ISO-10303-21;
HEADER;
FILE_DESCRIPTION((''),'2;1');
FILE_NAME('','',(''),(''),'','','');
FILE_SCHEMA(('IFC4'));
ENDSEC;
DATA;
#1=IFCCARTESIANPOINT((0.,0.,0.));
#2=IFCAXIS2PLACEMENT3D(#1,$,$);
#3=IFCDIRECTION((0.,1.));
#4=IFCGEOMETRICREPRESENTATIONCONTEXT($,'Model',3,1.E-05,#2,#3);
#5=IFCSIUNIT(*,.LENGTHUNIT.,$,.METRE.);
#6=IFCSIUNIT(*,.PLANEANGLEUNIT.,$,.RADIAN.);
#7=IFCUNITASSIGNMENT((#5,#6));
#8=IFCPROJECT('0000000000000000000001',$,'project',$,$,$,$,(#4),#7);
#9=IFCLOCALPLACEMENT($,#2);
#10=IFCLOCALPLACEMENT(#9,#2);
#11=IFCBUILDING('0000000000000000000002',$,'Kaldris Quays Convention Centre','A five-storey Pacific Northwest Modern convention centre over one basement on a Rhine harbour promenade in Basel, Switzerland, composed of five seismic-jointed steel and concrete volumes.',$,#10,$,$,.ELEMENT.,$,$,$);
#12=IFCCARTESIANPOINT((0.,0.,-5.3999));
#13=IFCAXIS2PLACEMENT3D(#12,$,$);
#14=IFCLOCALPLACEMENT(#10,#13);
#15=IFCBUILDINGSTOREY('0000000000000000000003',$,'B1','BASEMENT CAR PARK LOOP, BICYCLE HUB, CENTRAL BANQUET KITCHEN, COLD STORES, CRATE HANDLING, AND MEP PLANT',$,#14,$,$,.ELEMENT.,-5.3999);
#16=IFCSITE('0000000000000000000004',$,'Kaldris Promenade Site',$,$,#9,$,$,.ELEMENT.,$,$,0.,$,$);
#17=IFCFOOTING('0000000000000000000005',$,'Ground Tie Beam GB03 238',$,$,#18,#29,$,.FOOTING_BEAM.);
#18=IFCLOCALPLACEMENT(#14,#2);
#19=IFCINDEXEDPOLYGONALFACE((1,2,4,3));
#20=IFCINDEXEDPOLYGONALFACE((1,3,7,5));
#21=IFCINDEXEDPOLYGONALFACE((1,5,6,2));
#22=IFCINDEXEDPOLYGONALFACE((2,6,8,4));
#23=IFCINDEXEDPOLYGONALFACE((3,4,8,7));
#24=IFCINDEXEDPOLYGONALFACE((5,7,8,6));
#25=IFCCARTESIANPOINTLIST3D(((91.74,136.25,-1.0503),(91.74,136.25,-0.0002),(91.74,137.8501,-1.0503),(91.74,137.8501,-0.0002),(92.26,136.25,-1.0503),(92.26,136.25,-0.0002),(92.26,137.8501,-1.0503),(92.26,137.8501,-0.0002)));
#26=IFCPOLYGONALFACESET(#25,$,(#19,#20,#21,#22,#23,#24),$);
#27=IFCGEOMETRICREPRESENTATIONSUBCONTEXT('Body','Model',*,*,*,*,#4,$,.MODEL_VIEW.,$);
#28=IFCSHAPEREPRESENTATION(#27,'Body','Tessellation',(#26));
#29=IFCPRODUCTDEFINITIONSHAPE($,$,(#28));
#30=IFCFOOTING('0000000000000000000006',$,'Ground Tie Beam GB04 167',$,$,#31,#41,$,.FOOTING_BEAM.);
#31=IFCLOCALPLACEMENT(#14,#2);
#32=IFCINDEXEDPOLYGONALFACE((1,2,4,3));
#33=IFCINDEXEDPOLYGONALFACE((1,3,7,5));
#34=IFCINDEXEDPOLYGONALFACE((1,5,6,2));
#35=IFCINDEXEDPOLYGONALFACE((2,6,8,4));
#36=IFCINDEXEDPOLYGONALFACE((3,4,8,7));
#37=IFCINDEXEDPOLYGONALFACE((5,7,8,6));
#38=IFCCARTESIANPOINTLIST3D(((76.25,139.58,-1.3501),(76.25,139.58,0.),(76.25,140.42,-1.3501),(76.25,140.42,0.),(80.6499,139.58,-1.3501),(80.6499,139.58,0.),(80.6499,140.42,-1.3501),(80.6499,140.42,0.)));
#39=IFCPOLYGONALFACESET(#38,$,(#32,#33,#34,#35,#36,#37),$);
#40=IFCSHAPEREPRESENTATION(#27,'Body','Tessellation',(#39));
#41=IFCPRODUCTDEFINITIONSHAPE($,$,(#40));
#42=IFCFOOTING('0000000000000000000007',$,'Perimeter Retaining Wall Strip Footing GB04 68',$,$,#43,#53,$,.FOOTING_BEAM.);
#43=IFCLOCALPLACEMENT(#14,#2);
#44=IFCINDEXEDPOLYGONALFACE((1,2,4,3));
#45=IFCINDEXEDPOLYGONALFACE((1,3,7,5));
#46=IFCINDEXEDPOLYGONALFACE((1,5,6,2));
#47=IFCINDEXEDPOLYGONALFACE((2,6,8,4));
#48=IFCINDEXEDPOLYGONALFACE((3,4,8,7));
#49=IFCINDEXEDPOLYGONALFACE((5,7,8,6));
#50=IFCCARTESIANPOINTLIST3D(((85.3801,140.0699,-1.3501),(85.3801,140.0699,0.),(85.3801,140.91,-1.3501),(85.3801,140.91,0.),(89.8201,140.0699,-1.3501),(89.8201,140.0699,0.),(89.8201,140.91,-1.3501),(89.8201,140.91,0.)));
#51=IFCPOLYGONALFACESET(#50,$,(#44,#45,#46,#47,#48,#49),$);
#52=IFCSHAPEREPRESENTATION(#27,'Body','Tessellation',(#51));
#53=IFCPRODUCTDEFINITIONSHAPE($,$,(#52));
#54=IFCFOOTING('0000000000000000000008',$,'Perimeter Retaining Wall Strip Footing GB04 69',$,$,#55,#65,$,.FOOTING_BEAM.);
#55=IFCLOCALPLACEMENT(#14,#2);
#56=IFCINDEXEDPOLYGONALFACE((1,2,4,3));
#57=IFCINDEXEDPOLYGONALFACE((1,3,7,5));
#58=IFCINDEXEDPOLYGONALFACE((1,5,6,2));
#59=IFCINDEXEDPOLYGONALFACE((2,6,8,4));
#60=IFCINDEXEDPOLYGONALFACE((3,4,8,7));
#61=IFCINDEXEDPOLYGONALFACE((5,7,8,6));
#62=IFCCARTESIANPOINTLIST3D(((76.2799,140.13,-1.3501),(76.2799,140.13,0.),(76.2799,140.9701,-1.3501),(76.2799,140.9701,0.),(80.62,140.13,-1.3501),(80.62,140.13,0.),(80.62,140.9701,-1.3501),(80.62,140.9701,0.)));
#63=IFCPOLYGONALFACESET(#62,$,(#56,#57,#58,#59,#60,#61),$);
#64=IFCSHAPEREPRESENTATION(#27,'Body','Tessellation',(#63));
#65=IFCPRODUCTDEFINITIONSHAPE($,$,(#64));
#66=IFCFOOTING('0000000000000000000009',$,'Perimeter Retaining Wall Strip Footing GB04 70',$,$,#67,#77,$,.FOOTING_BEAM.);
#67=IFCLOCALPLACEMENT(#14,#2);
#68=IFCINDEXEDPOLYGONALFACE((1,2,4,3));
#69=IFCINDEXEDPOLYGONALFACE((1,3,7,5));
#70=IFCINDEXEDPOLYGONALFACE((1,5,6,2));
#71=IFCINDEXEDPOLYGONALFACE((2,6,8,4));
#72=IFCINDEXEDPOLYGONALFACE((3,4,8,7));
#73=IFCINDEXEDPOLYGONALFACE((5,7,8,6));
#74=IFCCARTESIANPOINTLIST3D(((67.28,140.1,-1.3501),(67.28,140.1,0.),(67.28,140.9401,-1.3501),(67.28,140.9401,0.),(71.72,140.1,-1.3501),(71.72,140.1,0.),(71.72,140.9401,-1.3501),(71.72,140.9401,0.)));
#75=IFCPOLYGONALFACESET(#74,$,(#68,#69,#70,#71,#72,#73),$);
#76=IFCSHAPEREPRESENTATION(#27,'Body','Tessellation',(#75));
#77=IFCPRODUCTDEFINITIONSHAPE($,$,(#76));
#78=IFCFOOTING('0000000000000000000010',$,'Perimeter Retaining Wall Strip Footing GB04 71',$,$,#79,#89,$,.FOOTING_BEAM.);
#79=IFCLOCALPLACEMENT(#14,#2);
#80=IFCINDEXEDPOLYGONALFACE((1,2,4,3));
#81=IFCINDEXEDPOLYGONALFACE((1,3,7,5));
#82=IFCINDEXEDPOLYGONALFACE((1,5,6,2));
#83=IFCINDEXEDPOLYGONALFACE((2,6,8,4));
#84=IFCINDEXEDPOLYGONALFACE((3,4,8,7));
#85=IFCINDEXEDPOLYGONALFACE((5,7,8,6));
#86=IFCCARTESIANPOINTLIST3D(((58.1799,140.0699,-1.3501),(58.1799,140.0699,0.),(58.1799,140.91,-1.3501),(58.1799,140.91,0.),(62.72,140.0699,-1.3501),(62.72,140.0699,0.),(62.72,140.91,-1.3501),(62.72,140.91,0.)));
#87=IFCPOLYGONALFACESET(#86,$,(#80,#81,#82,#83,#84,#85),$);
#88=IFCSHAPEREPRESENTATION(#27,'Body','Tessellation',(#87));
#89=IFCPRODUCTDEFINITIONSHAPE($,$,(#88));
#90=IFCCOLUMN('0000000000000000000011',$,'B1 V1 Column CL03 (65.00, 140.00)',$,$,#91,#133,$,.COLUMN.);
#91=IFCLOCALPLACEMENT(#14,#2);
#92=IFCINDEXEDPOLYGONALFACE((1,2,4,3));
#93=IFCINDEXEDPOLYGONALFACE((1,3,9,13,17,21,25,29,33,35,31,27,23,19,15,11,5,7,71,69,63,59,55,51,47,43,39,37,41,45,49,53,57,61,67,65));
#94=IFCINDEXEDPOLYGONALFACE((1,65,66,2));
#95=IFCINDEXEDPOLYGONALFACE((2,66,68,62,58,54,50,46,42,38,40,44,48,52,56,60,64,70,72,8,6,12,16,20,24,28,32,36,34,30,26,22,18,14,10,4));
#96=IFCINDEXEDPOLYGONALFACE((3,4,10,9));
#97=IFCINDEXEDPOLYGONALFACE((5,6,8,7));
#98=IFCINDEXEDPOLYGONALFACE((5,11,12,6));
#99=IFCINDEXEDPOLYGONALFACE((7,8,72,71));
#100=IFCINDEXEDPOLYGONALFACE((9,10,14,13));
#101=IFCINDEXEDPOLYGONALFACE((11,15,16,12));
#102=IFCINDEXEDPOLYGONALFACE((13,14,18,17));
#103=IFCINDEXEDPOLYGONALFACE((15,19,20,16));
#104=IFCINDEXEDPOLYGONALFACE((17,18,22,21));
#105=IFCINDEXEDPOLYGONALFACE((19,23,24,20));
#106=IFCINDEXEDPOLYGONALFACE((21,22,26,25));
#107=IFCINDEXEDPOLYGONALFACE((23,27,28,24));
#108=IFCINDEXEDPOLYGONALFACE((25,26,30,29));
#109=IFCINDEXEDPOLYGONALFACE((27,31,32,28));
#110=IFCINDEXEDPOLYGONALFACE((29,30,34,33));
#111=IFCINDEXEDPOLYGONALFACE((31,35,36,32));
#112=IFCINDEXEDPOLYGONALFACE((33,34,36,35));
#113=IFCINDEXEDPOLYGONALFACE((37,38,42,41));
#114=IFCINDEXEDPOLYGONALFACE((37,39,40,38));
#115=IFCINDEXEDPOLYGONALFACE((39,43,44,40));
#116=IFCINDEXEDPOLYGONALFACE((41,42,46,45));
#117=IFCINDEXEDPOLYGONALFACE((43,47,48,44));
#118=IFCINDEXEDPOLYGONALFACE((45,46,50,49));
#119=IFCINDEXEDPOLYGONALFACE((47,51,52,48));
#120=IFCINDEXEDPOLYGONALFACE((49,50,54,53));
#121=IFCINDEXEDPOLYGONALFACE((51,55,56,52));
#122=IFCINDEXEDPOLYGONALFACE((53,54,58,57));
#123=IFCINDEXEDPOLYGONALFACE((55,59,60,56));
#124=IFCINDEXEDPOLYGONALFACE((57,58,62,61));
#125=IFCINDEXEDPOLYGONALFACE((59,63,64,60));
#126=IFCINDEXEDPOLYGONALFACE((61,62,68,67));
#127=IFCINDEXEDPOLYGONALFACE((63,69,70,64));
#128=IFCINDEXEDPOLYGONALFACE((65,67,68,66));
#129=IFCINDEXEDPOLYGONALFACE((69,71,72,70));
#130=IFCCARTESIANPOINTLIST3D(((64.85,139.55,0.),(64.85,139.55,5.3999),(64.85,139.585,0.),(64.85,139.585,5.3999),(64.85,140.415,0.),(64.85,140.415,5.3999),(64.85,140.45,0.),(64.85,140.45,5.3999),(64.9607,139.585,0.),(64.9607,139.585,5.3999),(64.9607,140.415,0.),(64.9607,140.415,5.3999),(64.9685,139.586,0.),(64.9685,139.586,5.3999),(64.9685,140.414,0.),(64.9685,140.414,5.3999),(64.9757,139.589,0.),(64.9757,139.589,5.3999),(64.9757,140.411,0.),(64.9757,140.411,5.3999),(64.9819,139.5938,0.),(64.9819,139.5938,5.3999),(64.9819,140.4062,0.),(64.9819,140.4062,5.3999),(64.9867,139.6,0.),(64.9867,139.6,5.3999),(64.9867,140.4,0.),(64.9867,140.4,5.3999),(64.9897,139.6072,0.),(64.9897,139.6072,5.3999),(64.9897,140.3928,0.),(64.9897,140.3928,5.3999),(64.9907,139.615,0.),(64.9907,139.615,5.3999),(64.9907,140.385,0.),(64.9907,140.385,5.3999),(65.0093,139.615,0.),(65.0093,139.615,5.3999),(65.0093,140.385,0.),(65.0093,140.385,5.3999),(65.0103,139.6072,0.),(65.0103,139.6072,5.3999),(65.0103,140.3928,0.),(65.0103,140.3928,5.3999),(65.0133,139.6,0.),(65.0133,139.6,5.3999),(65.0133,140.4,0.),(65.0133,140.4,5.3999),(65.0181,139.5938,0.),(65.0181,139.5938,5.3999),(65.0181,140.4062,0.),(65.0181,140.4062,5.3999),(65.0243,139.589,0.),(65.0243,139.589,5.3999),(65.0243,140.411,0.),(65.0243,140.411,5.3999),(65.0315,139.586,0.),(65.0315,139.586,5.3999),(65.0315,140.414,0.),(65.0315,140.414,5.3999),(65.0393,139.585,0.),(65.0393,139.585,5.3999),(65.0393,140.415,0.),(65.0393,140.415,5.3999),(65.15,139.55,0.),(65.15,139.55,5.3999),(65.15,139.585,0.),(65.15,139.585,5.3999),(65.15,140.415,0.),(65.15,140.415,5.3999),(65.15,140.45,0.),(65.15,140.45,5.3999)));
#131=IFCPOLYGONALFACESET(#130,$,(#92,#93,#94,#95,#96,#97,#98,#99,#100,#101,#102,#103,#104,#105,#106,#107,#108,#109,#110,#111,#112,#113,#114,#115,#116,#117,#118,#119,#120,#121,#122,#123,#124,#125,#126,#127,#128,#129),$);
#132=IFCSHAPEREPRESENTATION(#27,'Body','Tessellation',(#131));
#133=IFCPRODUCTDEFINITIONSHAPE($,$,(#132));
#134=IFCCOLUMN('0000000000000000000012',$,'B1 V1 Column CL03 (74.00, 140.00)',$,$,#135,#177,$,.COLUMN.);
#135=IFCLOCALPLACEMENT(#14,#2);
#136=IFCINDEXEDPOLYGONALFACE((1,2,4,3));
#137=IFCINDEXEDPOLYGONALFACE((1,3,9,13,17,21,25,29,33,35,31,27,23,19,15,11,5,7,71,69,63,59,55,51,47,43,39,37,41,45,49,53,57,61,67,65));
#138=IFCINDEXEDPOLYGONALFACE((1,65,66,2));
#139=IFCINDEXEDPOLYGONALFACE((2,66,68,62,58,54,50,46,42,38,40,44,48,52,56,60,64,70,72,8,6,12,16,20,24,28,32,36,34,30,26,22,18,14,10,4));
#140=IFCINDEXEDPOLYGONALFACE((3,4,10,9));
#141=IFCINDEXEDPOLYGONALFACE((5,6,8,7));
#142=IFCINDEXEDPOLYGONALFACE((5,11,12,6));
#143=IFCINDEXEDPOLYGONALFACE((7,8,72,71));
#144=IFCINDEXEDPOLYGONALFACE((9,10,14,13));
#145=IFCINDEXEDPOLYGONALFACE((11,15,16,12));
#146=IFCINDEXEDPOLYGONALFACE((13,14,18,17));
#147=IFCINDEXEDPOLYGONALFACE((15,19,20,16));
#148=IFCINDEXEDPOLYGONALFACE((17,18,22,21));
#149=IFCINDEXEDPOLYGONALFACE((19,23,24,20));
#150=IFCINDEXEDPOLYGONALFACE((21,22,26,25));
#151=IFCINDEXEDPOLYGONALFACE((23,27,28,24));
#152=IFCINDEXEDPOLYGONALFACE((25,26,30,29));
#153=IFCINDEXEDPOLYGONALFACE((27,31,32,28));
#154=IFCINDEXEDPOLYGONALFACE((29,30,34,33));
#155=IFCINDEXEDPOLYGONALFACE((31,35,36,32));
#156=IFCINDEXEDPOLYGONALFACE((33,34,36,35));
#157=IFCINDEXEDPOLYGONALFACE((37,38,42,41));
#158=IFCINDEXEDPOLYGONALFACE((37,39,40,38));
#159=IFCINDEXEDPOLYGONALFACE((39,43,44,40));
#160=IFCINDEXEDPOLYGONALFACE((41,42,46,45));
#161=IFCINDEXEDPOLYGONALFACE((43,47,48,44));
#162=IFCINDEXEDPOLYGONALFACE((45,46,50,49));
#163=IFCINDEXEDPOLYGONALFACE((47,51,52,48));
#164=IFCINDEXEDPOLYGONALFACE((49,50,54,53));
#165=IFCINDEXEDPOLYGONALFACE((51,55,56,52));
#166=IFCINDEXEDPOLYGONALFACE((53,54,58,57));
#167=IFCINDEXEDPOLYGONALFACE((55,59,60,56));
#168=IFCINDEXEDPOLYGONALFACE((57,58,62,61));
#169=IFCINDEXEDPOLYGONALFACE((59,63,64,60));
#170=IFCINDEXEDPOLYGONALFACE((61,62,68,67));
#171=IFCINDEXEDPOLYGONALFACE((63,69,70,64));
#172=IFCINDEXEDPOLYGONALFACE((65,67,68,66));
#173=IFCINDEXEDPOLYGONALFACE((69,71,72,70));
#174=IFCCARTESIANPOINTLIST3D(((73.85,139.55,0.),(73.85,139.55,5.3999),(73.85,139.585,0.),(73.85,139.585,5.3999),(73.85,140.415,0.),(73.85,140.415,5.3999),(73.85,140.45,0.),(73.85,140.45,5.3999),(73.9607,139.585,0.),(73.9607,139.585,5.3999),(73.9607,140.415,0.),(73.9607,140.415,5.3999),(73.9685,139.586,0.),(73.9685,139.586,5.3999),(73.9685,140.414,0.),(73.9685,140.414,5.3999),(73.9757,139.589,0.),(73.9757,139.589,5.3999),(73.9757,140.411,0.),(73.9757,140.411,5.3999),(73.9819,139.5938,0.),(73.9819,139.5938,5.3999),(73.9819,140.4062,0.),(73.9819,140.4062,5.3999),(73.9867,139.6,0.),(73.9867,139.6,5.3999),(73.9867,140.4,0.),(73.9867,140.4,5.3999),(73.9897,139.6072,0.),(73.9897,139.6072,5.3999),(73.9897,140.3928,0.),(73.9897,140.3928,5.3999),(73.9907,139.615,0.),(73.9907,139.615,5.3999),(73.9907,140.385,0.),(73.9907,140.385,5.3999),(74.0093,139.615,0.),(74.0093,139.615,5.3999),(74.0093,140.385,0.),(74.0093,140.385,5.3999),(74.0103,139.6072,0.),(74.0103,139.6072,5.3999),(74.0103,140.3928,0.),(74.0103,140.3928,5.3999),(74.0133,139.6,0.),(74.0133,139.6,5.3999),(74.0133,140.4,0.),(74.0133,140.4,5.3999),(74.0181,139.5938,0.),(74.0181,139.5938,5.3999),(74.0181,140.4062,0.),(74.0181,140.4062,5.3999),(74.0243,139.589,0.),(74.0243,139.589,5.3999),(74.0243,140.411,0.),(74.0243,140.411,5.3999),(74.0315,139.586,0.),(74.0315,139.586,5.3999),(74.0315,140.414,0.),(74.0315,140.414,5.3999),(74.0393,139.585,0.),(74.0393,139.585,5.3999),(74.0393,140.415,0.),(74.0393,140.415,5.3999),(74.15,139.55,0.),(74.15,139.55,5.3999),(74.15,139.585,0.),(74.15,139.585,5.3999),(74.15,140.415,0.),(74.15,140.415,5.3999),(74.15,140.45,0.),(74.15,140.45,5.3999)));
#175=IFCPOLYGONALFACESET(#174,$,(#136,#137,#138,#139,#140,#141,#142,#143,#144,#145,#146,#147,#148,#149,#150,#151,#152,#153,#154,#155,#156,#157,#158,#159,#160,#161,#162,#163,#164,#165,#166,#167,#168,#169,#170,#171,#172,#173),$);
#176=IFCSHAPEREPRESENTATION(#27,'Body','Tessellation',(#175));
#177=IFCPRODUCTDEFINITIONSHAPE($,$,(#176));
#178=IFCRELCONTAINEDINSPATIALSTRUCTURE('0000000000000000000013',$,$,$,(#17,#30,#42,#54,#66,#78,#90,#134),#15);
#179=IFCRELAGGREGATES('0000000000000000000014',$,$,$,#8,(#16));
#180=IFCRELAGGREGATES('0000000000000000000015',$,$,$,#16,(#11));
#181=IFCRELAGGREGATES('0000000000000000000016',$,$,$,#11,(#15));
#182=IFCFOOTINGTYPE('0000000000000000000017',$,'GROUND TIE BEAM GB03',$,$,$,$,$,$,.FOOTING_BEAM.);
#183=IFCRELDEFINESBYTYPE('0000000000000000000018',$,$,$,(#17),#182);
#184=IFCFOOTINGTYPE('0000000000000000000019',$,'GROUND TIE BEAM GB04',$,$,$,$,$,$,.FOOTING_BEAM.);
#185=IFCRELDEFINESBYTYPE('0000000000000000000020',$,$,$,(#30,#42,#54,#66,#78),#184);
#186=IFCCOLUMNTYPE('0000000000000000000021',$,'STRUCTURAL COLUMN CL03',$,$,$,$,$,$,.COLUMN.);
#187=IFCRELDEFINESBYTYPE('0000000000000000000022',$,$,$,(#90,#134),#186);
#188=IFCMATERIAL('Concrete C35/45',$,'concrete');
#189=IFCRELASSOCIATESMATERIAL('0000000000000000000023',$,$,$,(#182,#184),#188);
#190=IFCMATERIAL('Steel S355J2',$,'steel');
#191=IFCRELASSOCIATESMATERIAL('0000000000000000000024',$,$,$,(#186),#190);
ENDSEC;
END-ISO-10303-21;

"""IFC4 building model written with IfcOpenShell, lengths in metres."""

from ifc_helpers import new_model, si_unit, direction, frame, origin, origin_2d, place, context, subcontext, project, spatial, rectangle, i_section, extrude, material, material_profile, profile_set, type_object, element, save


model = new_model("IFC4")

# Units and contexts
model_context = context("Model", 3, precision=1e-05, world=origin(), true_north=direction((0.0, 1.0)))
body_context = subcontext(model_context, "Body", "Model", "MODEL_VIEW")
ifc_project = project(units=[si_unit("LENGTHUNIT", "METRE"), si_unit("PLANEANGLEUNIT", "RADIAN")], contexts=[model_context])

# Site, building, storey
site_placement = place(None, origin())
site = spatial("IfcSite", under=ifc_project, at=site_placement, Name="Kaldris Promenade Site", CompositionType="ELEMENT", RefElevation=0.0)
building_placement = place(site_placement, origin())
building = spatial("IfcBuilding", under=site, at=building_placement, Name="Kaldris Quays Convention Centre", Description="A five-storey Pacific Northwest Modern convention centre over one basement on a Rhine harbour promenade in Basel, Switzerland, composed of five seismic-jointed steel and concrete volumes.", CompositionType="ELEMENT")
storey_placement = place(building_placement, frame((0.0, 0.0, -5.3999)))
storey = spatial("IfcBuildingStorey", under=building, at=storey_placement, Name="B1", Description="BASEMENT CAR PARK LOOP, BICYCLE HUB, CENTRAL BANQUET KITCHEN, COLD STORES, CRATE HANDLING, AND MEP PLANT", CompositionType="ELEMENT", Elevation=-5.3999)

# Shared definitions
ifc_material_1 = material(Name="Concrete C35/45", Category="concrete")

# Footings
footing_type_1 = type_object("IfcFootingType", Name="GROUND TIE BEAM GB03", PredefinedType="FOOTING_BEAM", material=ifc_material_1)
footing_1_placement = place(storey_placement, frame((92.0, 137.05, -1.0503), z_axis=(0.0, 0.0, 1.0), x_axis=(1.0, 0.0, 0.0)))
element("IfcFooting", 1, at=footing_1_placement, inside=storey, type_object=footing_type_1, Name="Ground Tie Beam GB03 238", PredefinedType="FOOTING_BEAM", context=body_context, shape_type="SweptSolid", body=[
    extrude(rectangle(XDim=0.52, YDim=1.6001, at=origin_2d()), origin(), (0.0, 0.0, 1.0), 1.05),
])
footing_type_2 = type_object("IfcFootingType", Name="GROUND TIE BEAM GB04", PredefinedType="FOOTING_BEAM", material=ifc_material_1)
footing_2_placement = place(storey_placement, frame((78.45, 140.0, -1.3501), z_axis=(0.0, 0.0, 1.0), x_axis=(1.0, 0.0, 0.0)))
element("IfcFooting", 2, at=footing_2_placement, inside=storey, type_object=footing_type_2, Name="Ground Tie Beam GB04 167", PredefinedType="FOOTING_BEAM", context=body_context, shape_type="SweptSolid", body=[
    extrude(rectangle(XDim=4.3999, YDim=0.8401, at=origin_2d()), origin(), (0.0, 0.0, 1.0), 1.3501),
])
footing_3_placement = place(storey_placement, frame((87.6001, 140.49, -1.3501), z_axis=(0.0, 0.0, 1.0), x_axis=(1.0, 0.0, 0.0)))
element("IfcFooting", 3, at=footing_3_placement, inside=storey, type_object=footing_type_2, Name="Perimeter Retaining Wall Strip Footing GB04 68", PredefinedType="FOOTING_BEAM", context=body_context, shape_type="SweptSolid", body=[
    extrude(rectangle(XDim=4.4399, YDim=0.8401, at=origin_2d()), origin(), (0.0, 0.0, 1.0), 1.3501),
])
footing_4_placement = place(storey_placement, frame((78.45, 140.55, -1.3501), z_axis=(0.0, 0.0, 1.0), x_axis=(1.0, 0.0, 0.0)))
element("IfcFooting", 4, at=footing_4_placement, inside=storey, type_object=footing_type_2, Name="Perimeter Retaining Wall Strip Footing GB04 69", PredefinedType="FOOTING_BEAM", context=body_context, shape_type="SweptSolid", body=[
    extrude(rectangle(XDim=4.3401, YDim=0.8401, at=origin_2d()), origin(), (0.0, 0.0, 1.0), 1.3501),
])
footing_5_placement = place(storey_placement, frame((69.5, 140.52, -1.3501), z_axis=(0.0, 0.0, 1.0), x_axis=(1.0, 0.0, 0.0)))
element("IfcFooting", 5, at=footing_5_placement, inside=storey, type_object=footing_type_2, Name="Perimeter Retaining Wall Strip Footing GB04 70", PredefinedType="FOOTING_BEAM", context=body_context, shape_type="SweptSolid", body=[
    extrude(rectangle(XDim=4.4399, YDim=0.8401, at=origin_2d()), origin(), (0.0, 0.0, 1.0), 1.3501),
])
footing_6_placement = place(storey_placement, frame((60.45, 140.49, -1.3501), z_axis=(0.0, 0.0, 1.0), x_axis=(1.0, 0.0, 0.0)))
element("IfcFooting", 6, at=footing_6_placement, inside=storey, type_object=footing_type_2, Name="Perimeter Retaining Wall Strip Footing GB04 71", PredefinedType="FOOTING_BEAM", context=body_context, shape_type="SweptSolid", body=[
    extrude(rectangle(XDim=4.54, YDim=0.8401, at=origin_2d()), origin(), (0.0, 0.0, 1.0), 1.3501),
])

# Columns
ifc_material_2 = material(Name="Steel S355J2", Category="steel")
ifc_material_profile_1 = material_profile(ifc_material_2, i_section(OverallWidth=0.3, OverallDepth=0.8999, WebThickness=0.0186, FlangeThickness=0.0349, FilletRadius=0.03, at=origin_2d()), Name="HEB 900")
ifc_profile_set_1 = profile_set([ifc_material_profile_1], Name="Steel S355J2")
column_type = type_object("IfcColumnType", Name="STRUCTURAL COLUMN CL03", PredefinedType="COLUMN", material=ifc_profile_set_1)
for number, where, z_axis, x_axis, name in (
    (7, (65.0, 140.0, 0.0), (0.0, 0.0, 1.0), (1.0, 0.0, 0.0), "B1 V1 Column CL03 (65.00, 140.00)"),
    (8, (74.0, 140.0, 0.0), (0.0, 0.0, 1.0), (1.0, 0.0, 0.0), "B1 V1 Column CL03 (74.00, 140.00)"),
):
    element("IfcColumn", number, at=place(storey_placement, frame(where, z_axis=z_axis, x_axis=x_axis)), inside=storey, type_object=column_type, Name=name, PredefinedType="COLUMN", context=body_context, shape_type="SweptSolid", body=[
        extrude(i_section(OverallWidth=0.3, OverallDepth=0.8999, WebThickness=0.0186, FlangeThickness=0.0349, FilletRadius=0.03, at=origin_2d()), origin(), (0.0, 0.0, 1.0), 5.3999),
    ])

save(model, "model.ifc")
